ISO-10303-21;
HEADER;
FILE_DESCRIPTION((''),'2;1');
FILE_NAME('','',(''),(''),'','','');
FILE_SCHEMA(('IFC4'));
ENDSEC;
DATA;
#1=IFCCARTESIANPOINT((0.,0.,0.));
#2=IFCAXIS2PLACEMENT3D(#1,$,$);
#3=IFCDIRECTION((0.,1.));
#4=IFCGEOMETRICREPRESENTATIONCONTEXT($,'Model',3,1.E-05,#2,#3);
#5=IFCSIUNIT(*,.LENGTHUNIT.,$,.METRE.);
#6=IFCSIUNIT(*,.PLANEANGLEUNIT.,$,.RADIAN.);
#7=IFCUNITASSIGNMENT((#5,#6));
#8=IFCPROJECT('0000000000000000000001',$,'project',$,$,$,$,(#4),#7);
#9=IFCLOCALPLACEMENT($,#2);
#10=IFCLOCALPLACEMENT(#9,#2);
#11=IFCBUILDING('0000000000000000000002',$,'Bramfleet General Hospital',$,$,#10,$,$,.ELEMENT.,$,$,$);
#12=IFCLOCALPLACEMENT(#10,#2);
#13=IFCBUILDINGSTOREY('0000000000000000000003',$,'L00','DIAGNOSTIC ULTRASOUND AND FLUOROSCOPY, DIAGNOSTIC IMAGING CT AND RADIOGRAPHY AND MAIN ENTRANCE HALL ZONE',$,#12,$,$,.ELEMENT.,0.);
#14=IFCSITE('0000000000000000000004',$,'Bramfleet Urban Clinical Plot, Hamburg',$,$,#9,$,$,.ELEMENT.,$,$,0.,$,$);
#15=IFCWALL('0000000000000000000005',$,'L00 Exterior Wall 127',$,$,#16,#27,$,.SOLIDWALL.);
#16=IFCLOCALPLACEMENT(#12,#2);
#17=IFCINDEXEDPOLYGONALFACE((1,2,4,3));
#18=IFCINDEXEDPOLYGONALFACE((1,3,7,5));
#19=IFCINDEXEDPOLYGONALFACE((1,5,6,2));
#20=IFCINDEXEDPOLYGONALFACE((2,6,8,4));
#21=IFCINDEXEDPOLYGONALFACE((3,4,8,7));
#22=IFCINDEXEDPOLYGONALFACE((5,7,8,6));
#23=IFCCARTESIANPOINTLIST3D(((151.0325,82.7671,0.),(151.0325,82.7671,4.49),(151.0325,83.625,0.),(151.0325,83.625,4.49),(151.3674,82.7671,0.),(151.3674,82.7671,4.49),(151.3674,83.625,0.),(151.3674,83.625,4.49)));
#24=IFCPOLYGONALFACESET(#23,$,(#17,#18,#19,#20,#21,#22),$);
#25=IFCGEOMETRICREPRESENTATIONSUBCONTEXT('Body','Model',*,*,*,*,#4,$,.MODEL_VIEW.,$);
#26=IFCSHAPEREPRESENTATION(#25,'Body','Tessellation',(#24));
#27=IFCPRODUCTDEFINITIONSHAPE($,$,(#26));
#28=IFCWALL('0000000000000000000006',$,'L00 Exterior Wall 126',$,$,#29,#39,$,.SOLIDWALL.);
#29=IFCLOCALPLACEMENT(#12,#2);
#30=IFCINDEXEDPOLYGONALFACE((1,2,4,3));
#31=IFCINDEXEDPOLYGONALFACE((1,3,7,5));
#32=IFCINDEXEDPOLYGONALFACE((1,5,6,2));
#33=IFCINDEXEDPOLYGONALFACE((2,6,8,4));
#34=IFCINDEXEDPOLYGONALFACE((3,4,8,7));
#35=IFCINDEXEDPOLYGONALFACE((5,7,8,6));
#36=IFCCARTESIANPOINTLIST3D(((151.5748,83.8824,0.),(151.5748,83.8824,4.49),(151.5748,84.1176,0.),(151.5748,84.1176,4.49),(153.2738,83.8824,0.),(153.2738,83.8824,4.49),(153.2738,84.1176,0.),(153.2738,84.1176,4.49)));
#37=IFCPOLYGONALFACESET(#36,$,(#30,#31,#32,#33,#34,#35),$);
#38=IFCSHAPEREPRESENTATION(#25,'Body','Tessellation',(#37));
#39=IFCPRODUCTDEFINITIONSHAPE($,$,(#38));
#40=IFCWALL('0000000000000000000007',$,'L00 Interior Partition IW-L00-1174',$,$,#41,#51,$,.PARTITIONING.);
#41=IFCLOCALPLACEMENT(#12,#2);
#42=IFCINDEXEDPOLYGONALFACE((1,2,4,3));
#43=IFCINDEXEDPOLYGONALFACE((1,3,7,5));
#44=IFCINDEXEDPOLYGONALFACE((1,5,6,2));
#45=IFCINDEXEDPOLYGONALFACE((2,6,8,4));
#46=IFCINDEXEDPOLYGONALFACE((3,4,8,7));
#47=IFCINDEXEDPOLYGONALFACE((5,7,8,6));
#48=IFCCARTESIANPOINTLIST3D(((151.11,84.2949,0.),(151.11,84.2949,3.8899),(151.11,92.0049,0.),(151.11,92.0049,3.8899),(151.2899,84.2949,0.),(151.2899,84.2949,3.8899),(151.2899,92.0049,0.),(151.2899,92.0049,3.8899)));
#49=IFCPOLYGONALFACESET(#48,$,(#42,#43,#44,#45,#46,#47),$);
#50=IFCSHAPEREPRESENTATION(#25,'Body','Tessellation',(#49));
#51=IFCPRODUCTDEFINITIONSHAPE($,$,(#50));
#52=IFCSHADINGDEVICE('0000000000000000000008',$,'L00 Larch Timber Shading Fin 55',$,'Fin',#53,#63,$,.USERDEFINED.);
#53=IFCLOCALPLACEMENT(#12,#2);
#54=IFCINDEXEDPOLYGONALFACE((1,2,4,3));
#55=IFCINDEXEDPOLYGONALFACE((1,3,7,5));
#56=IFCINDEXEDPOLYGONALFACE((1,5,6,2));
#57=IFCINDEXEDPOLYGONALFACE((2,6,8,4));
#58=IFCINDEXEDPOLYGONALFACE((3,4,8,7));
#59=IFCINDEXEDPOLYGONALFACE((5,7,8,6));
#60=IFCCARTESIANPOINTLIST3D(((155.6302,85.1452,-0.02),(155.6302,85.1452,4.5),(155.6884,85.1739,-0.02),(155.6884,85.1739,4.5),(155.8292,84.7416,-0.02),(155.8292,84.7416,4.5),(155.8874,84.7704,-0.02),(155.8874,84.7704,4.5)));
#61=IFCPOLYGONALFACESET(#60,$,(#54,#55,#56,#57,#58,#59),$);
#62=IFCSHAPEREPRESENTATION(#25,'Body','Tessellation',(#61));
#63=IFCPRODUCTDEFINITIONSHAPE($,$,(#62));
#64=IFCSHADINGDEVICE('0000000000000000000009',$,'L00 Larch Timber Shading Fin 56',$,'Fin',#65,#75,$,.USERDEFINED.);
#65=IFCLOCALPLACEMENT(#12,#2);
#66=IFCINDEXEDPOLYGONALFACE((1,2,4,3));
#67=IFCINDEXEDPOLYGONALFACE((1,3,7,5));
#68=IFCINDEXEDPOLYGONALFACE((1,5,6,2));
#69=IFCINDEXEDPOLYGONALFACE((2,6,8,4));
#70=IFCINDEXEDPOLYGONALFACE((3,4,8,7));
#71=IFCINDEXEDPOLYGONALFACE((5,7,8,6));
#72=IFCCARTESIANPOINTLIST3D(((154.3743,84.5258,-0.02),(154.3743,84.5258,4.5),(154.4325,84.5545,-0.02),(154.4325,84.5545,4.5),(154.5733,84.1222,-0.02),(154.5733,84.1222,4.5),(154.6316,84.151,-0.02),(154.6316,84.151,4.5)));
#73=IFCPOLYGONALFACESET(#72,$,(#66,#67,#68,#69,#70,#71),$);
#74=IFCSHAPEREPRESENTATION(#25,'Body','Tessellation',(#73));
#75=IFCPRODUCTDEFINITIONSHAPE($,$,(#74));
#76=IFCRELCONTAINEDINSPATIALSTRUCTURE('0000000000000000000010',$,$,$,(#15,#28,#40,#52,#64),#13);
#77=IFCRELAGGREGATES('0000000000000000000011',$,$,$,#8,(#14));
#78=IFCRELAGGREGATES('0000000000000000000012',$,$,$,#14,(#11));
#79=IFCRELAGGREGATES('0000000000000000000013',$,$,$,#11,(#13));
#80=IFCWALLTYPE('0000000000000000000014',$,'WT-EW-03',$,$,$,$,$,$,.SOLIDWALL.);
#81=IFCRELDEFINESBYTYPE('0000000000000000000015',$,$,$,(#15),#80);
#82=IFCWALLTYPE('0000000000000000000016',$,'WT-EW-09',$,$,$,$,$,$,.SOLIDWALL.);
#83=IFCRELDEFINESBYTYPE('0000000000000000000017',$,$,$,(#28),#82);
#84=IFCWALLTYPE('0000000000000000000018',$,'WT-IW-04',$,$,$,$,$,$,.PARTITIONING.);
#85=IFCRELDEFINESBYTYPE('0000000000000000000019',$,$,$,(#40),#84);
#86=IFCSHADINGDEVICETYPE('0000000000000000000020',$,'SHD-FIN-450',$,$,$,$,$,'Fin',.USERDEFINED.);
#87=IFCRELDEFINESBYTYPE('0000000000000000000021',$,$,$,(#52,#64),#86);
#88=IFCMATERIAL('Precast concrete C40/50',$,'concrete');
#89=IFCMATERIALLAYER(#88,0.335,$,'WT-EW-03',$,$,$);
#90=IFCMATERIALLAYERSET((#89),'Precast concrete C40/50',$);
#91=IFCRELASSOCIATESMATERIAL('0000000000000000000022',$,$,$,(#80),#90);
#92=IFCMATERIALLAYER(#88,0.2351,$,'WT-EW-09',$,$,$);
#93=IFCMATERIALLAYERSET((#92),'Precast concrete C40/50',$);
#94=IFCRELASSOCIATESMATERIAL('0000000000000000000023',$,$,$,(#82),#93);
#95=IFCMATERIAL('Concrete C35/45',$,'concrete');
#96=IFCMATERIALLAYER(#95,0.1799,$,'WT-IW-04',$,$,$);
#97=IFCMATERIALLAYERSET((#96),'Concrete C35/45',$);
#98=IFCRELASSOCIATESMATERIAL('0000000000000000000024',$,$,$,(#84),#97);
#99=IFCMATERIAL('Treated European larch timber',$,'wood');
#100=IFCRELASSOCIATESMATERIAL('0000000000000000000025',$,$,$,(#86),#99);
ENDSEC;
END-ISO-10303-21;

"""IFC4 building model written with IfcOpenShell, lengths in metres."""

from ifc_helpers import new_model, si_unit, direction, frame, frame_2d, origin, origin_2d, place, context, subcontext, project, spatial, rectangle, extrude, material, layer, layer_set, material_profile, profile_set, type_object, element, save


model = new_model("IFC4")

# Units and contexts
model_context = context("Model", 3, precision=1e-05, world=origin(), true_north=direction((0.0, 1.0)))
body_context = subcontext(model_context, "Body", "Model", "MODEL_VIEW")
ifc_project = project(units=[si_unit("LENGTHUNIT", "METRE"), si_unit("PLANEANGLEUNIT", "RADIAN")], contexts=[model_context])

# Site, building, storey
site_placement = place(None, origin())
site = spatial("IfcSite", under=ifc_project, at=site_placement, Name="Bramfleet Urban Clinical Plot, Hamburg", CompositionType="ELEMENT", RefElevation=0.0)
building_placement = place(site_placement, origin())
building = spatial("IfcBuilding", under=site, at=building_placement, Name="Bramfleet General Hospital", CompositionType="ELEMENT")
storey_placement = place(building_placement, origin())
storey = spatial("IfcBuildingStorey", under=building, at=storey_placement, Name="L00", Description="DIAGNOSTIC ULTRASOUND AND FLUOROSCOPY, DIAGNOSTIC IMAGING CT AND RADIOGRAPHY AND MAIN ENTRANCE HALL ZONE", CompositionType="ELEMENT", Elevation=0.0)

# Shared definitions
ifc_material_1 = material(Name="Concrete C35/45", Category="concrete")

# Walls
ifc_material_2 = material(Name="Precast concrete C40/50", Category="concrete")
ifc_layer_1 = layer(ifc_material_2, 0.335, Name="WT-EW-03")
ifc_layer_set_1 = layer_set([ifc_layer_1], Name="Precast concrete C40/50")
wall_type_1 = type_object("IfcWallType", Name="WT-EW-03", PredefinedType="SOLIDWALL", material=ifc_layer_set_1)
wall_1_placement = place(storey_placement, frame((151.2, 83.625, 0.0), z_axis=(0.0, 0.0, 1.0), x_axis=(0.0, -1.0, 0.0)))
element("IfcWall", 1, at=wall_1_placement, inside=storey, type_object=wall_type_1, Name="L00 Exterior Wall 127", PredefinedType="SOLIDWALL", context=body_context, shape_type="SweptSolid", body=[
    extrude(rectangle(XDim=0.8579, YDim=0.335, at=frame_2d((0.429, 0.0))), origin(), (0.0, 0.0, 1.0), 4.49),
])
ifc_layer_2 = layer(ifc_material_2, 0.2351, Name="WT-EW-09")
ifc_layer_set_2 = layer_set([ifc_layer_2], Name="Precast concrete C40/50")
wall_type_2 = type_object("IfcWallType", Name="WT-EW-09", PredefinedType="SOLIDWALL", material=ifc_layer_set_2)
wall_2_placement = place(storey_placement, frame((153.2739, 84.0, 0.0), z_axis=(0.0, 0.0, 1.0), x_axis=(-1.0, 0.0, 0.0)))
element("IfcWall", 2, at=wall_2_placement, inside=storey, type_object=wall_type_2, Name="L00 Exterior Wall 126", PredefinedType="SOLIDWALL", context=body_context, shape_type="SweptSolid", body=[
    extrude(rectangle(XDim=1.699, YDim=0.2351, at=frame_2d((0.8496, 0.0))), origin(), (0.0, 0.0, 1.0), 4.49),
])
ifc_layer_3 = layer(ifc_material_1, 0.1799, Name="WT-IW-04")
ifc_layer_set_3 = layer_set([ifc_layer_3], Name="Concrete C35/45")
wall_type_3 = type_object("IfcWallType", Name="WT-IW-04", PredefinedType="PARTITIONING", material=ifc_layer_set_3)
wall_3_placement = place(storey_placement, frame((151.2, 84.2949, 0.0), z_axis=(0.0, 0.0, 1.0), x_axis=(0.0, 1.0, 0.0)))
element("IfcWall", 3, at=wall_3_placement, inside=storey, type_object=wall_type_3, Name="L00 Interior Partition IW-L00-1174", PredefinedType="PARTITIONING", context=body_context, shape_type="SweptSolid", body=[
    extrude(rectangle(XDim=7.71, YDim=0.1799, at=frame_2d((3.855, 0.0))), origin(), (0.0, 0.0, 1.0), 3.8899),
])

# Shading devices
ifc_material_3 = material(Name="Treated European larch timber", Category="wood")
ifc_material_profile_1 = material_profile(ifc_material_3, rectangle(XDim=0.0649, YDim=0.45, at=origin_2d()), Name="LARCH FIN 450x65")
ifc_profile_set_1 = profile_set([ifc_material_profile_1], Name="Treated European larch timber")
shading_device_type = type_object("IfcShadingDeviceType", Name="SHD-FIN-450", ElementType="Fin", PredefinedType="USERDEFINED", material=ifc_profile_set_1)
for number, where, z_axis, x_axis, name in (
    (4, (155.7588, 84.9578, -0.02), (0.0, 0.0, 1.0), (-0.896865, -0.442305, 0.0), "L00 Larch Timber Shading Fin 55"),
    (5, (154.5029, 84.3384, -0.02), (0.0, 0.0, 1.0), (-0.896865, -0.442305, 0.0), "L00 Larch Timber Shading Fin 56"),
):
    element("IfcShadingDevice", number, at=place(storey_placement, frame(where, z_axis=z_axis, x_axis=x_axis)), inside=storey, type_object=shading_device_type, Name=name, ObjectType="Fin", PredefinedType="USERDEFINED", context=body_context, shape_type="SweptSolid", body=[
        extrude(rectangle(XDim=0.0649, YDim=0.45, at=origin_2d()), origin(), (0.0, 0.0, 1.0), 4.52),
    ])

save(model, "model.ifc")
